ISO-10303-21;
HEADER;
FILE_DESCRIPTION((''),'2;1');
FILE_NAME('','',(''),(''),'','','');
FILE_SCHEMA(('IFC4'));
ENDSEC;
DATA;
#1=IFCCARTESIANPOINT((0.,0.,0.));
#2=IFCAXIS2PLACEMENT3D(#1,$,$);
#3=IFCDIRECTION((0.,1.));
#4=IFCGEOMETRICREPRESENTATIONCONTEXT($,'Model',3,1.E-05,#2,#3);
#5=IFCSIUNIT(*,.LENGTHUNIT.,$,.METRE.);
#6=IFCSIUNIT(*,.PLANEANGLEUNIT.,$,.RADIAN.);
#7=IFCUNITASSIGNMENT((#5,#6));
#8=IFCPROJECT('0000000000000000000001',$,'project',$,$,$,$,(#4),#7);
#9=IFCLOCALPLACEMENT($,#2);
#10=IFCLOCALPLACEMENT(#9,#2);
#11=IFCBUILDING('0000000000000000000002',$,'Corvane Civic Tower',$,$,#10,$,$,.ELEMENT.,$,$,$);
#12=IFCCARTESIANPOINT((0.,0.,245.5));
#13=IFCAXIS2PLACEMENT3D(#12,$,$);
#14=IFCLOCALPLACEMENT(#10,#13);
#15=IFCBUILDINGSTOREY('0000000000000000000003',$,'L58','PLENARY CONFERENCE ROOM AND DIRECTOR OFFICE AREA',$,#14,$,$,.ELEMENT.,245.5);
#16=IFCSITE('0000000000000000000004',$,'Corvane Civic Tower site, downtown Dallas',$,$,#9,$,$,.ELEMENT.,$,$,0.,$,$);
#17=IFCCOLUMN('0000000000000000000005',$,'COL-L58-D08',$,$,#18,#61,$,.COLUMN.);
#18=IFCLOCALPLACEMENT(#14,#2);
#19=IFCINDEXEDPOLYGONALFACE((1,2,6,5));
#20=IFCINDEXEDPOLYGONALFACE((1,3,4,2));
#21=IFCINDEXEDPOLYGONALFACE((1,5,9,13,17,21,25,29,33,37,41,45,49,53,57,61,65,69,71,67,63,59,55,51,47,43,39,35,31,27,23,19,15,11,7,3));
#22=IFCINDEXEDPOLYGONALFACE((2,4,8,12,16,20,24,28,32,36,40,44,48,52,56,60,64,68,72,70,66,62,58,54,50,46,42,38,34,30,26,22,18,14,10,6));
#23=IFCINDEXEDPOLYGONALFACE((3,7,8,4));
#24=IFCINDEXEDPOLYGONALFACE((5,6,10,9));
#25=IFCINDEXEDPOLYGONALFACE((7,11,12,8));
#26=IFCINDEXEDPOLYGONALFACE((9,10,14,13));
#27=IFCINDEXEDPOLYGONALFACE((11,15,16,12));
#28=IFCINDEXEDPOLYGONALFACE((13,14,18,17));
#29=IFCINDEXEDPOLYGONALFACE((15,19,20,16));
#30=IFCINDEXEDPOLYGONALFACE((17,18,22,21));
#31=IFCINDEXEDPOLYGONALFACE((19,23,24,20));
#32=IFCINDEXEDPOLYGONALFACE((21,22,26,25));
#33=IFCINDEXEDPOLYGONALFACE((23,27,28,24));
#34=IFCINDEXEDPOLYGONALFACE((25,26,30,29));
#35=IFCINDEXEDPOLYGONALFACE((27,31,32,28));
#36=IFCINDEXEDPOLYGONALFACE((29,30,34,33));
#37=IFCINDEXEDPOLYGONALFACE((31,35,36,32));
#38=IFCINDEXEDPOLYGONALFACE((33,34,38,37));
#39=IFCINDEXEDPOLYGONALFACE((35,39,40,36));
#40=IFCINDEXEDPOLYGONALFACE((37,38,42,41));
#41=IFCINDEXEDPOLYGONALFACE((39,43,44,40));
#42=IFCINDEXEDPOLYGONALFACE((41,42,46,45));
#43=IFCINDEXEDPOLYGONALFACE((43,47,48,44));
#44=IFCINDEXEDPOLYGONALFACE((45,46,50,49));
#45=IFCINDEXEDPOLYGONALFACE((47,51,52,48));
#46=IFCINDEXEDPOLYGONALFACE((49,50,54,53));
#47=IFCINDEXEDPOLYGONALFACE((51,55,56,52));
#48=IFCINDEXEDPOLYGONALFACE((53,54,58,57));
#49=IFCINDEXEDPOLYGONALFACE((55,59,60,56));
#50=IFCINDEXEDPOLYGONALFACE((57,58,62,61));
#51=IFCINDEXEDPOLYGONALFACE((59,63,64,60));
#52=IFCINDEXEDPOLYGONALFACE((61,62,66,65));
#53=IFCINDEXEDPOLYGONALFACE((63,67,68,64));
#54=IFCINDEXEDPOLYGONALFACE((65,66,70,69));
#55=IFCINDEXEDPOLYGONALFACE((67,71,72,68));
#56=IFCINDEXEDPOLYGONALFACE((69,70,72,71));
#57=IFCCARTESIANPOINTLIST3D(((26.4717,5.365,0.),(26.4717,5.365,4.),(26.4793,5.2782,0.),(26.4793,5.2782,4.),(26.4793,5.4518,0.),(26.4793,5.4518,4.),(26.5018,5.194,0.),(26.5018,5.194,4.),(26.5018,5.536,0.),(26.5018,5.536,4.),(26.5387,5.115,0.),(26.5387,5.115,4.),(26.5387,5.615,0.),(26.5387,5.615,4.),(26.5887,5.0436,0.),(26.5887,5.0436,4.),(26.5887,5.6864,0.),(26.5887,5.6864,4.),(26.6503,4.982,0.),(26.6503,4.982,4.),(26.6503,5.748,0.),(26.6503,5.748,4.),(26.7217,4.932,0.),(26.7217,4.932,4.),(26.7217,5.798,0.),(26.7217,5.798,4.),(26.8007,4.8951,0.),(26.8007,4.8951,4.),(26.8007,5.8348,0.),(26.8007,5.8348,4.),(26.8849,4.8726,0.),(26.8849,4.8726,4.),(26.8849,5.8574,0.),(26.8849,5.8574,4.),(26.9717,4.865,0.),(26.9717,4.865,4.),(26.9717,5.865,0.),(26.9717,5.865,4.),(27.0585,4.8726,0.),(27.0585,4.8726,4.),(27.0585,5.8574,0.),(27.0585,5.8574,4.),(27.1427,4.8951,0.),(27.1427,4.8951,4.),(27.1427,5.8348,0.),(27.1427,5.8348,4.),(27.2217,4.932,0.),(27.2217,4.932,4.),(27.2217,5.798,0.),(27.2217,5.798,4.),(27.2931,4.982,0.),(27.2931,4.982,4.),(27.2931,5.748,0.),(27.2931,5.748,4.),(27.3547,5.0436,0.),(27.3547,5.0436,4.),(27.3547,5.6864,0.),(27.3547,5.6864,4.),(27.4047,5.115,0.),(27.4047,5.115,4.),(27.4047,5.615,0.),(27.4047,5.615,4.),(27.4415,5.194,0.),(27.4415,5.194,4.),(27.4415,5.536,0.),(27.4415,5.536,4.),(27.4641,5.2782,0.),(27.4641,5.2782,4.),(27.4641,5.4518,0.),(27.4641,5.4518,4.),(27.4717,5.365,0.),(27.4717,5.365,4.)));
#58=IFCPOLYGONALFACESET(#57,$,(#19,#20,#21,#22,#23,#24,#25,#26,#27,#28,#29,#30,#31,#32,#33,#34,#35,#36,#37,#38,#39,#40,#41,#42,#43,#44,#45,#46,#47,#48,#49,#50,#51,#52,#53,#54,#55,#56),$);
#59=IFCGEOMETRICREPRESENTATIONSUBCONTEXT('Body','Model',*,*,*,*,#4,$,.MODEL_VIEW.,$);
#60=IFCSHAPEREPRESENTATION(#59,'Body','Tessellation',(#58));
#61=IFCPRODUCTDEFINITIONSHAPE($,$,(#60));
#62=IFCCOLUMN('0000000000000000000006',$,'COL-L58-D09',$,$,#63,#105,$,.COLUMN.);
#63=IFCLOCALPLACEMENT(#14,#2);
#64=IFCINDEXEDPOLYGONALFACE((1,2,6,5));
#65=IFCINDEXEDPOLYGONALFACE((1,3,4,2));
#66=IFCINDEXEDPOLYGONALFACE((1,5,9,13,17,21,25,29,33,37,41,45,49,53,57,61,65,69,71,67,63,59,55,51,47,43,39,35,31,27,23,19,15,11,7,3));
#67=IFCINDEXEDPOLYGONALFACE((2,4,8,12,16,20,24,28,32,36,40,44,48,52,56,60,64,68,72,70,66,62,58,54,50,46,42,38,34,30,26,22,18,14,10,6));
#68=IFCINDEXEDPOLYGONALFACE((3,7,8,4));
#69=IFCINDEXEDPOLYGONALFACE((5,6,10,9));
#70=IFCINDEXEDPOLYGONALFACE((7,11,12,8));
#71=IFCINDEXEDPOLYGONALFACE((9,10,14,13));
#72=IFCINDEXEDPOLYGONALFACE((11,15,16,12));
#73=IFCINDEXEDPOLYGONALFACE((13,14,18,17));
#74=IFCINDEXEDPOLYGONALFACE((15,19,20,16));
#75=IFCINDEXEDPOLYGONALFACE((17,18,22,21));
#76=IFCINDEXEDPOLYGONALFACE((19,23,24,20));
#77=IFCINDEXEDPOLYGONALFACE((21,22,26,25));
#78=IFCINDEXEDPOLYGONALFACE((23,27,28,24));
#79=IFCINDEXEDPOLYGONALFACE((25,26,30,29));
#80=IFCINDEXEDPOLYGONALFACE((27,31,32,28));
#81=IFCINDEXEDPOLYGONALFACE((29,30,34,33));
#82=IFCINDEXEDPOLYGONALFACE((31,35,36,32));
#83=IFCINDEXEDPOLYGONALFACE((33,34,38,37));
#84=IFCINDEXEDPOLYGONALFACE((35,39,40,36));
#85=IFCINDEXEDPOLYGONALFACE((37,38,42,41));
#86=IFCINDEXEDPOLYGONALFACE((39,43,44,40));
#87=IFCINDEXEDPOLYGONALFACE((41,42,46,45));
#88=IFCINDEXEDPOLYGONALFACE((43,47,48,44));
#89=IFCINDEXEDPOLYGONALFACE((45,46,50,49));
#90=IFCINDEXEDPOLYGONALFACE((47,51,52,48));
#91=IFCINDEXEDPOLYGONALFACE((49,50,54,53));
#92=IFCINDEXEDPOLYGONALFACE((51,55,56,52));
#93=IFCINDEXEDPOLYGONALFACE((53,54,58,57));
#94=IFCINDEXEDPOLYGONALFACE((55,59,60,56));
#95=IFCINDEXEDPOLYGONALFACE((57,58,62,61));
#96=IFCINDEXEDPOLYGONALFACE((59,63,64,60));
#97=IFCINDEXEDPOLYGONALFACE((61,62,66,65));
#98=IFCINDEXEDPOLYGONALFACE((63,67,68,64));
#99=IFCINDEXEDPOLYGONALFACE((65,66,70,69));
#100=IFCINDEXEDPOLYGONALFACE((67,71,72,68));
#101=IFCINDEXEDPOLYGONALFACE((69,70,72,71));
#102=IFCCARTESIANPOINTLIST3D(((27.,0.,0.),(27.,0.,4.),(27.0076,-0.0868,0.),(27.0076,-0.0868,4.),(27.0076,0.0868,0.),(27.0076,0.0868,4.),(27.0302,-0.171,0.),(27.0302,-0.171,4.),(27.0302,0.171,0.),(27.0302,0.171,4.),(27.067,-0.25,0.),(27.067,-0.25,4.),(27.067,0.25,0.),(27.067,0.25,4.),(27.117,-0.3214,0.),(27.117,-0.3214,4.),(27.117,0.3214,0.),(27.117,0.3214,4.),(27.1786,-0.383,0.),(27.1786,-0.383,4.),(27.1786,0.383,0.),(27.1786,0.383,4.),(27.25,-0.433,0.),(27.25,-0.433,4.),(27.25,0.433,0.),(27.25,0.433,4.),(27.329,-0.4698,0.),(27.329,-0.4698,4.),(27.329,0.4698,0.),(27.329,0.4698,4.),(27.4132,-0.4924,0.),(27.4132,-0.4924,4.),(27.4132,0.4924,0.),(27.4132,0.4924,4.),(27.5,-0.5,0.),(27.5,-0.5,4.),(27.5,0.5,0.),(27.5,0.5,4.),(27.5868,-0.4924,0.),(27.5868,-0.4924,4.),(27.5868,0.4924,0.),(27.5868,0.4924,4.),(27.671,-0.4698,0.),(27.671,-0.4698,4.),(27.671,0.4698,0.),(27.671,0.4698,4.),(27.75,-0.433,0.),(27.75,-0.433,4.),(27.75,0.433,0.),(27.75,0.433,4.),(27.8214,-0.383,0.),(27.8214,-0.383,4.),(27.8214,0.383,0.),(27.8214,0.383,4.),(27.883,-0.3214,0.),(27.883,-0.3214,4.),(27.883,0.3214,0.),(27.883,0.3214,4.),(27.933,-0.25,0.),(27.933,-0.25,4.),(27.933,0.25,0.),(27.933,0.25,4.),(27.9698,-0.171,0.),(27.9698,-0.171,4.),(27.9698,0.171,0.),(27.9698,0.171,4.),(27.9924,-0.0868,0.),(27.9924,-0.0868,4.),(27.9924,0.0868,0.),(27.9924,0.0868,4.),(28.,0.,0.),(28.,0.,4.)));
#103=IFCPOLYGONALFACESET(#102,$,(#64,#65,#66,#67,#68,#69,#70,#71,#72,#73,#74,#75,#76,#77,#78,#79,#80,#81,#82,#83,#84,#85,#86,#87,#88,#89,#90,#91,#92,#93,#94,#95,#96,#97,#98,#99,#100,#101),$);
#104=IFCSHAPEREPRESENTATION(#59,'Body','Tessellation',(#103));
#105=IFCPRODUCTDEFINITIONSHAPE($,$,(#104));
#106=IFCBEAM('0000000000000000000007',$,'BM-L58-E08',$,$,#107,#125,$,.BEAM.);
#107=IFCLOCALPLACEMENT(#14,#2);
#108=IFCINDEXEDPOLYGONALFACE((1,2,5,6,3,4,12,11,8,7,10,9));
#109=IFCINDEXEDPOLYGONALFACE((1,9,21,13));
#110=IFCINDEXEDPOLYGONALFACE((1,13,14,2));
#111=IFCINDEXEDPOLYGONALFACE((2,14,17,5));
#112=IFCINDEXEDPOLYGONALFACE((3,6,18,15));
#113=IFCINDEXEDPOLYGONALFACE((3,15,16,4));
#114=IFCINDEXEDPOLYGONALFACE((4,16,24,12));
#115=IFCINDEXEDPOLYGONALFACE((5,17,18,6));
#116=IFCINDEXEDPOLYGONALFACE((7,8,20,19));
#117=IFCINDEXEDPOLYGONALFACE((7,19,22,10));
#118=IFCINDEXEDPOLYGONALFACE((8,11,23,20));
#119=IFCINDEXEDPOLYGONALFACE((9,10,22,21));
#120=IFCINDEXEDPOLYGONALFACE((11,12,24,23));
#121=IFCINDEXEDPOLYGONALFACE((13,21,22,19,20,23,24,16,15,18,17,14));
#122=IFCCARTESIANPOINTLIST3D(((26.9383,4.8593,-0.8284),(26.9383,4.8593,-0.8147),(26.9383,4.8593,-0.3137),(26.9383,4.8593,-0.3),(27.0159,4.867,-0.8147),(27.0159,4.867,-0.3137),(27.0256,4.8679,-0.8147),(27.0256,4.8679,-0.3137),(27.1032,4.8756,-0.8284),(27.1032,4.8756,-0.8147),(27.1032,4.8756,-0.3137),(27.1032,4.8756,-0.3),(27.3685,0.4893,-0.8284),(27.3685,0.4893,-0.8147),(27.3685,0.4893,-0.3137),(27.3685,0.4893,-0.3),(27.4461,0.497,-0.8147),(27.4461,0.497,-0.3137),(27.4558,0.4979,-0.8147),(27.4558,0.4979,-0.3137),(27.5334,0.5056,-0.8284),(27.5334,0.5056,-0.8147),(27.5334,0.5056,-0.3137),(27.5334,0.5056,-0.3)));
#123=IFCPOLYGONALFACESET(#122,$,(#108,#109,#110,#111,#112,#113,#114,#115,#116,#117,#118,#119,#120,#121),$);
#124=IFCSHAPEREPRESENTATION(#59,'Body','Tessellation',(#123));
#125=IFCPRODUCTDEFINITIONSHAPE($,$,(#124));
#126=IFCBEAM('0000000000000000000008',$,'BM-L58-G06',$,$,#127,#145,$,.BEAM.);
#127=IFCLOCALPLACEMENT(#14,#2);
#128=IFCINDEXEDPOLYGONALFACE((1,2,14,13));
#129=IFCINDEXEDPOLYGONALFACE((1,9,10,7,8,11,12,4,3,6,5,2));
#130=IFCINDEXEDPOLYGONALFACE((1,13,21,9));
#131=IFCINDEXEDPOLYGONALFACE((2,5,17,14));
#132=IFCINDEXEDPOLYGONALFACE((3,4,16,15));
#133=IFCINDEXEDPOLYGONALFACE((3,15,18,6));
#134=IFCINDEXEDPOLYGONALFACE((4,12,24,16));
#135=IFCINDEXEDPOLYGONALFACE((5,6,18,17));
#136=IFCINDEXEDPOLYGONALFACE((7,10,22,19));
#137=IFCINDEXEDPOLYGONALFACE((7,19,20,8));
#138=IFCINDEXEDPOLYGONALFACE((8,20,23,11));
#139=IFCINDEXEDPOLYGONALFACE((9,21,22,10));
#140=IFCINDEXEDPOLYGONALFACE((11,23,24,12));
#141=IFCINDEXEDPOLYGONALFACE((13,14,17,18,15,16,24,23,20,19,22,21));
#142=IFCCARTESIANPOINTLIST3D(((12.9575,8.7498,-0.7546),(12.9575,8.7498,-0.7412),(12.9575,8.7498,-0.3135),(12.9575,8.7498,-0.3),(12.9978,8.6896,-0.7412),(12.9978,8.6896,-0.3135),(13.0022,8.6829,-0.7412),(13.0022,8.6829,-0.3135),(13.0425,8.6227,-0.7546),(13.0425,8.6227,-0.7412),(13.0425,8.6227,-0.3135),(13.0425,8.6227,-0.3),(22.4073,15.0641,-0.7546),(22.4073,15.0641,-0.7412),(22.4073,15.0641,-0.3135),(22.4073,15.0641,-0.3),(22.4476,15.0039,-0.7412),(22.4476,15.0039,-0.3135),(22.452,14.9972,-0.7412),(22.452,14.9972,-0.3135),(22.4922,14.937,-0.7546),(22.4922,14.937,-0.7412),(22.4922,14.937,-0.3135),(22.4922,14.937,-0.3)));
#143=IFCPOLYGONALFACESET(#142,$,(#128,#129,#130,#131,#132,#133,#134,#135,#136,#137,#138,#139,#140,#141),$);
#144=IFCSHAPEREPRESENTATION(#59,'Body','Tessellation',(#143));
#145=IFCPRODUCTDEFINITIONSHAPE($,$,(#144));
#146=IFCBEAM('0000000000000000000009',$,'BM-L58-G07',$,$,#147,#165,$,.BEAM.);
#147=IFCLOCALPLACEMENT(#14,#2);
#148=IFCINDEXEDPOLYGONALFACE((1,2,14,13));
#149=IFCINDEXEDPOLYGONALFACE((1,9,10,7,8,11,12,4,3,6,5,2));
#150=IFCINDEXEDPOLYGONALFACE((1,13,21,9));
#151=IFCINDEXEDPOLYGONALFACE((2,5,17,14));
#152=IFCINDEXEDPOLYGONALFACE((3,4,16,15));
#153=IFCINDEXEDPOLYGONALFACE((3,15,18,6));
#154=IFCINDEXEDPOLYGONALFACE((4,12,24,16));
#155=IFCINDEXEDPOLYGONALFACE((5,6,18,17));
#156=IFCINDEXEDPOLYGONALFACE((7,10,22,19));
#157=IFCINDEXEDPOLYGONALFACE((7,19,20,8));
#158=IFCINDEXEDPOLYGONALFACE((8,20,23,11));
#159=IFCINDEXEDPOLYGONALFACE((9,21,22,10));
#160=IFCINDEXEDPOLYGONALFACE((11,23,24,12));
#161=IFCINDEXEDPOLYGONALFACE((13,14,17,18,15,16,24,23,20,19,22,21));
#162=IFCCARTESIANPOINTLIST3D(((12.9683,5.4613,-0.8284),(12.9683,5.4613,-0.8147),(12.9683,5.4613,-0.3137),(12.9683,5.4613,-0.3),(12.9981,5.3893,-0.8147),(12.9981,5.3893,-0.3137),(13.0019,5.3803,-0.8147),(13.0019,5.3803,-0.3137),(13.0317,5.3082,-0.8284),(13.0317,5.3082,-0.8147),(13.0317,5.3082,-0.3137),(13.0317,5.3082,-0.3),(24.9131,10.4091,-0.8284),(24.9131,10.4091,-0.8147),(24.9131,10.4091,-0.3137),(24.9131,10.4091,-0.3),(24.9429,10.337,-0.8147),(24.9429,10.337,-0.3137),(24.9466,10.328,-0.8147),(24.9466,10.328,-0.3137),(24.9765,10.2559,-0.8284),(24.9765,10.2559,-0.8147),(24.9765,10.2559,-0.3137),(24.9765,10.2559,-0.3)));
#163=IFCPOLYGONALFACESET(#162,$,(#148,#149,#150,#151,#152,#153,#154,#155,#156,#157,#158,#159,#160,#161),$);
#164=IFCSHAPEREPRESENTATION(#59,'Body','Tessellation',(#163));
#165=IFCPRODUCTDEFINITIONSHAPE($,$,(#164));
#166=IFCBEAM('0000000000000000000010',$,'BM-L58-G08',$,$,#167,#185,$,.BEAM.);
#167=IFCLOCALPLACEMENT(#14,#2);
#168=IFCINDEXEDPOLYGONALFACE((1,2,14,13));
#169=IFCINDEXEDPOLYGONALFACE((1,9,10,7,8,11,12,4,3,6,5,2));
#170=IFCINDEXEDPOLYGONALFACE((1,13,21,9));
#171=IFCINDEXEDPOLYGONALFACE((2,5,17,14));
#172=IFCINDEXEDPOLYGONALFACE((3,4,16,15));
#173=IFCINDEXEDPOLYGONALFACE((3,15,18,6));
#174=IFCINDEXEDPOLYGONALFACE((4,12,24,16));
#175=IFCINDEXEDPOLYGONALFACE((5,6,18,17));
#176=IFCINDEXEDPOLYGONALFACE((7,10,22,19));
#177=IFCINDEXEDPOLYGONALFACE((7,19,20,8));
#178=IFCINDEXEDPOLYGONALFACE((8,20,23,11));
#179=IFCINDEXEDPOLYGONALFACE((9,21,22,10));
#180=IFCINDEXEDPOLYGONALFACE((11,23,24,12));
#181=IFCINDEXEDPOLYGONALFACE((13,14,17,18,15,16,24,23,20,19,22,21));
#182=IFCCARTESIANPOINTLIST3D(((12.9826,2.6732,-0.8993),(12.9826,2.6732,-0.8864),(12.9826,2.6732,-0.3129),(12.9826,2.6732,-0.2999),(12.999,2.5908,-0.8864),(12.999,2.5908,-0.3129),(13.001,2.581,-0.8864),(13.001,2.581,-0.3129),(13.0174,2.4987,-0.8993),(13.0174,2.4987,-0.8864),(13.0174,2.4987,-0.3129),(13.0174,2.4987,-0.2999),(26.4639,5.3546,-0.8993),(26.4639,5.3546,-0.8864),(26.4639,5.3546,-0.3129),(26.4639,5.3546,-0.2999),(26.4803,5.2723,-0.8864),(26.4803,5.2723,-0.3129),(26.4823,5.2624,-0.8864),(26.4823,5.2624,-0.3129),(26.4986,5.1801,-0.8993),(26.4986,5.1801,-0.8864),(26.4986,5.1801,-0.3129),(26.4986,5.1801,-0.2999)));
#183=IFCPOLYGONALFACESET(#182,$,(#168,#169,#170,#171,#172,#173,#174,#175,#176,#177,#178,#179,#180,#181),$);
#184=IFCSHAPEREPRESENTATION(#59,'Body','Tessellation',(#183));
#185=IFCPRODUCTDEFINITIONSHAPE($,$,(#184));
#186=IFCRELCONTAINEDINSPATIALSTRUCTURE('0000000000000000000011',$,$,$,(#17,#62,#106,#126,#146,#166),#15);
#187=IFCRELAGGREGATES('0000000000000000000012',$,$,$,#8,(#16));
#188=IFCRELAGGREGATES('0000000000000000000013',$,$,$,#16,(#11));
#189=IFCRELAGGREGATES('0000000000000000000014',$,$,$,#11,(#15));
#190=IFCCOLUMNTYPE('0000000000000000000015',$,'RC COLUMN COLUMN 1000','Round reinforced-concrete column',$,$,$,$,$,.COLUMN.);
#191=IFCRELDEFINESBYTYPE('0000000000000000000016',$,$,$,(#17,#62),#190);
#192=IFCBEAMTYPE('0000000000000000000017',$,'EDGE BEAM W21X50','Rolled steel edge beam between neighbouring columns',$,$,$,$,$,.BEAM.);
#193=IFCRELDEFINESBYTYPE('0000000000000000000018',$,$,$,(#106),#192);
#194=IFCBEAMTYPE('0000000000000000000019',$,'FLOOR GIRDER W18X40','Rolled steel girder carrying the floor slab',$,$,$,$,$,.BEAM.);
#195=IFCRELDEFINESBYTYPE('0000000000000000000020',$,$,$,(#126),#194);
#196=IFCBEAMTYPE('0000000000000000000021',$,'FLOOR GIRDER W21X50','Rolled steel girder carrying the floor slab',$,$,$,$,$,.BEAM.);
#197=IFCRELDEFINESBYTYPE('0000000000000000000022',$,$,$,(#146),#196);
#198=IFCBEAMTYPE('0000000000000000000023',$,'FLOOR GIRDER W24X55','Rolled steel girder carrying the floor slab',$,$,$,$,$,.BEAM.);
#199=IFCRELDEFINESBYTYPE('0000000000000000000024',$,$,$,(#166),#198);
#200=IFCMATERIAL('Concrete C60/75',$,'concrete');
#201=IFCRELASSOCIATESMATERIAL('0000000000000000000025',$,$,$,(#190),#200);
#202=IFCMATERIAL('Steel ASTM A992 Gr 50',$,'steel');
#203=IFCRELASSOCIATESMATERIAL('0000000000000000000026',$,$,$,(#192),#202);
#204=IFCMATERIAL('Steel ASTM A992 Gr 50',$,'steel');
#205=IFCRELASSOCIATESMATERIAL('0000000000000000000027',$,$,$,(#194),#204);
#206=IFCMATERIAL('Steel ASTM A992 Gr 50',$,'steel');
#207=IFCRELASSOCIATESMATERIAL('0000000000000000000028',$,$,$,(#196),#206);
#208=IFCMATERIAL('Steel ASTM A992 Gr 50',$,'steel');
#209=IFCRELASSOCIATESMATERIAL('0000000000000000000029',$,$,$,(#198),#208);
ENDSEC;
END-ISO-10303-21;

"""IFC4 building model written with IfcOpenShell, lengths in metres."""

from ifc_helpers import new_model, si_unit, direction, frame, origin, origin_2d, place, context, subcontext, project, spatial, circle, i_section, extrude, material, material_profile, profile_set, type_object, element, save


model = new_model("IFC4")

# Units and contexts
model_context = context("Model", 3, precision=1e-05, world=origin(), true_north=direction((0.0, 1.0)))
body_context = subcontext(model_context, "Body", "Model", "MODEL_VIEW")
ifc_project = project(units=[si_unit("LENGTHUNIT", "METRE"), si_unit("PLANEANGLEUNIT", "RADIAN")], contexts=[model_context])

# Site, building, storey
site_placement = place(None, origin())
site = spatial("IfcSite", under=ifc_project, at=site_placement, Name="Corvane Civic Tower site, downtown Dallas", CompositionType="ELEMENT", RefElevation=0.0)
building_placement = place(site_placement, origin())
building = spatial("IfcBuilding", under=site, at=building_placement, Name="Corvane Civic Tower", CompositionType="ELEMENT")
storey_placement = place(building_placement, frame((0.0, 0.0, 245.5)))
storey = spatial("IfcBuildingStorey", under=building, at=storey_placement, Name="L58", Description="PLENARY CONFERENCE ROOM AND DIRECTOR OFFICE AREA", CompositionType="ELEMENT", Elevation=245.5)

# Columns
ifc_material_1 = material(Name="Concrete C60/75", Category="concrete")
ifc_material_profile_1 = material_profile(ifc_material_1, circle(Radius=0.5, at=origin_2d()), Name="COLUMN 1000")
ifc_profile_set_1 = profile_set([ifc_material_profile_1], Name="Concrete C60/75")
column_type = type_object("IfcColumnType", Name="RC COLUMN COLUMN 1000", Description="Round reinforced-concrete column", PredefinedType="COLUMN", material=ifc_profile_set_1)
for number, where, z_axis, x_axis, name in (
    (1, (26.9717, 5.365, 0.0), (0.0, 0.0, 1.0), (1.0, 0.0, 0.0), "COL-L58-D08"),
    (2, (27.5, 0.0, 0.0), (0.0, 0.0, 1.0), (1.0, 0.0, 0.0), "COL-L58-D09"),
):
    element("IfcColumn", number, at=place(storey_placement, frame(where, z_axis=z_axis, x_axis=x_axis)), inside=storey, type_object=column_type, Name=name, PredefinedType="COLUMN", context=body_context, shape_type="SweptSolid", body=[
        extrude(circle(Radius=0.5, at=origin_2d()), origin(), (0.0, 0.0, 1.0), 4.0),
    ])

# Beams
ifc_material_2 = material(Name="Steel ASTM A992 Gr 50", Category="steel")
ifc_material_profile_2 = material_profile(ifc_material_2, i_section(OverallWidth=0.1658, OverallDepth=0.5283, WebThickness=0.0098, FlangeThickness=0.0137, at=origin_2d()), Name="W21X50")
ifc_profile_set_2 = profile_set([ifc_material_profile_2], Name="Steel ASTM A992 Gr 50")
beam_type_1 = type_object("IfcBeamType", Name="EDGE BEAM W21X50", Description="Rolled steel edge beam between neighbouring columns", PredefinedType="BEAM", material=ifc_profile_set_2)
beam_1_placement = place(storey_placement, frame((27.0208, 4.8674, -0.5642), z_axis=(0.097968, -0.99519, 0.0), x_axis=(0.99519, 0.097968, 0.0)))
element("IfcBeam", 3, at=beam_1_placement, inside=storey, type_object=beam_type_1, Name="BM-L58-E08", PredefinedType="BEAM", context=body_context, shape_type="SweptSolid", body=[
    extrude(i_section(OverallWidth=0.1658, OverallDepth=0.5283, WebThickness=0.0098, FlangeThickness=0.0137, at=origin_2d()), origin(), (0.0, 0.0, 1.0), 4.3911),
])
ifc_material_3 = material(Name="Steel ASTM A992 Gr 50", Category="steel")
ifc_material_profile_3 = material_profile(ifc_material_3, i_section(OverallWidth=0.1528, OverallDepth=0.4546, WebThickness=0.0081, FlangeThickness=0.0134, at=origin_2d()), Name="W18X40")
ifc_profile_set_3 = profile_set([ifc_material_profile_3], Name="Steel ASTM A992 Gr 50")
beam_type_2 = type_object("IfcBeamType", Name="FLOOR GIRDER W18X40", Description="Rolled steel girder carrying the floor slab", PredefinedType="BEAM", material=ifc_profile_set_3)
beam_2_placement = place(storey_placement, frame((13.0, 8.6863, -0.5273), z_axis=(0.831465, 0.555577, 0.0), x_axis=(-0.555577, 0.831465, 0.0)))
element("IfcBeam", 4, at=beam_2_placement, inside=storey, type_object=beam_type_2, Name="BM-L58-G06", PredefinedType="BEAM", context=body_context, shape_type="SweptSolid", body=[
    extrude(i_section(OverallWidth=0.1528, OverallDepth=0.4546, WebThickness=0.0081, FlangeThickness=0.0134, at=origin_2d()), origin(), (0.0, 0.0, 1.0), 11.3652),
])
ifc_material_4 = material(Name="Steel ASTM A992 Gr 50", Category="steel")
ifc_material_profile_4 = material_profile(ifc_material_4, i_section(OverallWidth=0.1658, OverallDepth=0.5283, WebThickness=0.0098, FlangeThickness=0.0137, at=origin_2d()), Name="W21X50")
ifc_profile_set_4 = profile_set([ifc_material_profile_4], Name="Steel ASTM A992 Gr 50")
beam_type_3 = type_object("IfcBeamType", Name="FLOOR GIRDER W21X50", Description="Rolled steel girder carrying the floor slab", PredefinedType="BEAM", material=ifc_profile_set_4)
beam_3_placement = place(storey_placement, frame((13.0, 5.3848, -0.5642), z_axis=(0.923878, 0.382686, 0.0), x_axis=(-0.382686, 0.923878, 0.0)))
element("IfcBeam", 5, at=beam_3_placement, inside=storey, type_object=beam_type_3, Name="BM-L58-G07", PredefinedType="BEAM", context=body_context, shape_type="SweptSolid", body=[
    extrude(i_section(OverallWidth=0.1658, OverallDepth=0.5283, WebThickness=0.0098, FlangeThickness=0.0137, at=origin_2d()), origin(), (0.0, 0.0, 1.0), 12.929),
])
ifc_material_5 = material(Name="Steel ASTM A992 Gr 50", Category="steel")
ifc_material_profile_5 = material_profile(ifc_material_5, i_section(OverallWidth=0.178, OverallDepth=0.5994, WebThickness=0.01, FlangeThickness=0.0129, at=origin_2d()), Name="W24X55")
ifc_profile_set_5 = profile_set([ifc_material_profile_5], Name="Steel ASTM A992 Gr 50")
beam_type_4 = type_object("IfcBeamType", Name="FLOOR GIRDER W24X55", Description="Rolled steel girder carrying the floor slab", PredefinedType="BEAM", material=ifc_profile_set_5)
beam_4_placement = place(storey_placement, frame((13.0, 2.5859, -0.5996), z_axis=(0.980788, 0.195078, 0.0), x_axis=(-0.195078, 0.980788, 0.0)))
element("IfcBeam", 6, at=beam_4_placement, inside=storey, type_object=beam_type_4, Name="BM-L58-G08", PredefinedType="BEAM", context=body_context, shape_type="SweptSolid", body=[
    extrude(i_section(OverallWidth=0.178, OverallDepth=0.5994, WebThickness=0.01, FlangeThickness=0.0129, at=origin_2d()), origin(), (0.0, 0.0, 1.0), 13.7454),
])

save(model, "model.ifc")
